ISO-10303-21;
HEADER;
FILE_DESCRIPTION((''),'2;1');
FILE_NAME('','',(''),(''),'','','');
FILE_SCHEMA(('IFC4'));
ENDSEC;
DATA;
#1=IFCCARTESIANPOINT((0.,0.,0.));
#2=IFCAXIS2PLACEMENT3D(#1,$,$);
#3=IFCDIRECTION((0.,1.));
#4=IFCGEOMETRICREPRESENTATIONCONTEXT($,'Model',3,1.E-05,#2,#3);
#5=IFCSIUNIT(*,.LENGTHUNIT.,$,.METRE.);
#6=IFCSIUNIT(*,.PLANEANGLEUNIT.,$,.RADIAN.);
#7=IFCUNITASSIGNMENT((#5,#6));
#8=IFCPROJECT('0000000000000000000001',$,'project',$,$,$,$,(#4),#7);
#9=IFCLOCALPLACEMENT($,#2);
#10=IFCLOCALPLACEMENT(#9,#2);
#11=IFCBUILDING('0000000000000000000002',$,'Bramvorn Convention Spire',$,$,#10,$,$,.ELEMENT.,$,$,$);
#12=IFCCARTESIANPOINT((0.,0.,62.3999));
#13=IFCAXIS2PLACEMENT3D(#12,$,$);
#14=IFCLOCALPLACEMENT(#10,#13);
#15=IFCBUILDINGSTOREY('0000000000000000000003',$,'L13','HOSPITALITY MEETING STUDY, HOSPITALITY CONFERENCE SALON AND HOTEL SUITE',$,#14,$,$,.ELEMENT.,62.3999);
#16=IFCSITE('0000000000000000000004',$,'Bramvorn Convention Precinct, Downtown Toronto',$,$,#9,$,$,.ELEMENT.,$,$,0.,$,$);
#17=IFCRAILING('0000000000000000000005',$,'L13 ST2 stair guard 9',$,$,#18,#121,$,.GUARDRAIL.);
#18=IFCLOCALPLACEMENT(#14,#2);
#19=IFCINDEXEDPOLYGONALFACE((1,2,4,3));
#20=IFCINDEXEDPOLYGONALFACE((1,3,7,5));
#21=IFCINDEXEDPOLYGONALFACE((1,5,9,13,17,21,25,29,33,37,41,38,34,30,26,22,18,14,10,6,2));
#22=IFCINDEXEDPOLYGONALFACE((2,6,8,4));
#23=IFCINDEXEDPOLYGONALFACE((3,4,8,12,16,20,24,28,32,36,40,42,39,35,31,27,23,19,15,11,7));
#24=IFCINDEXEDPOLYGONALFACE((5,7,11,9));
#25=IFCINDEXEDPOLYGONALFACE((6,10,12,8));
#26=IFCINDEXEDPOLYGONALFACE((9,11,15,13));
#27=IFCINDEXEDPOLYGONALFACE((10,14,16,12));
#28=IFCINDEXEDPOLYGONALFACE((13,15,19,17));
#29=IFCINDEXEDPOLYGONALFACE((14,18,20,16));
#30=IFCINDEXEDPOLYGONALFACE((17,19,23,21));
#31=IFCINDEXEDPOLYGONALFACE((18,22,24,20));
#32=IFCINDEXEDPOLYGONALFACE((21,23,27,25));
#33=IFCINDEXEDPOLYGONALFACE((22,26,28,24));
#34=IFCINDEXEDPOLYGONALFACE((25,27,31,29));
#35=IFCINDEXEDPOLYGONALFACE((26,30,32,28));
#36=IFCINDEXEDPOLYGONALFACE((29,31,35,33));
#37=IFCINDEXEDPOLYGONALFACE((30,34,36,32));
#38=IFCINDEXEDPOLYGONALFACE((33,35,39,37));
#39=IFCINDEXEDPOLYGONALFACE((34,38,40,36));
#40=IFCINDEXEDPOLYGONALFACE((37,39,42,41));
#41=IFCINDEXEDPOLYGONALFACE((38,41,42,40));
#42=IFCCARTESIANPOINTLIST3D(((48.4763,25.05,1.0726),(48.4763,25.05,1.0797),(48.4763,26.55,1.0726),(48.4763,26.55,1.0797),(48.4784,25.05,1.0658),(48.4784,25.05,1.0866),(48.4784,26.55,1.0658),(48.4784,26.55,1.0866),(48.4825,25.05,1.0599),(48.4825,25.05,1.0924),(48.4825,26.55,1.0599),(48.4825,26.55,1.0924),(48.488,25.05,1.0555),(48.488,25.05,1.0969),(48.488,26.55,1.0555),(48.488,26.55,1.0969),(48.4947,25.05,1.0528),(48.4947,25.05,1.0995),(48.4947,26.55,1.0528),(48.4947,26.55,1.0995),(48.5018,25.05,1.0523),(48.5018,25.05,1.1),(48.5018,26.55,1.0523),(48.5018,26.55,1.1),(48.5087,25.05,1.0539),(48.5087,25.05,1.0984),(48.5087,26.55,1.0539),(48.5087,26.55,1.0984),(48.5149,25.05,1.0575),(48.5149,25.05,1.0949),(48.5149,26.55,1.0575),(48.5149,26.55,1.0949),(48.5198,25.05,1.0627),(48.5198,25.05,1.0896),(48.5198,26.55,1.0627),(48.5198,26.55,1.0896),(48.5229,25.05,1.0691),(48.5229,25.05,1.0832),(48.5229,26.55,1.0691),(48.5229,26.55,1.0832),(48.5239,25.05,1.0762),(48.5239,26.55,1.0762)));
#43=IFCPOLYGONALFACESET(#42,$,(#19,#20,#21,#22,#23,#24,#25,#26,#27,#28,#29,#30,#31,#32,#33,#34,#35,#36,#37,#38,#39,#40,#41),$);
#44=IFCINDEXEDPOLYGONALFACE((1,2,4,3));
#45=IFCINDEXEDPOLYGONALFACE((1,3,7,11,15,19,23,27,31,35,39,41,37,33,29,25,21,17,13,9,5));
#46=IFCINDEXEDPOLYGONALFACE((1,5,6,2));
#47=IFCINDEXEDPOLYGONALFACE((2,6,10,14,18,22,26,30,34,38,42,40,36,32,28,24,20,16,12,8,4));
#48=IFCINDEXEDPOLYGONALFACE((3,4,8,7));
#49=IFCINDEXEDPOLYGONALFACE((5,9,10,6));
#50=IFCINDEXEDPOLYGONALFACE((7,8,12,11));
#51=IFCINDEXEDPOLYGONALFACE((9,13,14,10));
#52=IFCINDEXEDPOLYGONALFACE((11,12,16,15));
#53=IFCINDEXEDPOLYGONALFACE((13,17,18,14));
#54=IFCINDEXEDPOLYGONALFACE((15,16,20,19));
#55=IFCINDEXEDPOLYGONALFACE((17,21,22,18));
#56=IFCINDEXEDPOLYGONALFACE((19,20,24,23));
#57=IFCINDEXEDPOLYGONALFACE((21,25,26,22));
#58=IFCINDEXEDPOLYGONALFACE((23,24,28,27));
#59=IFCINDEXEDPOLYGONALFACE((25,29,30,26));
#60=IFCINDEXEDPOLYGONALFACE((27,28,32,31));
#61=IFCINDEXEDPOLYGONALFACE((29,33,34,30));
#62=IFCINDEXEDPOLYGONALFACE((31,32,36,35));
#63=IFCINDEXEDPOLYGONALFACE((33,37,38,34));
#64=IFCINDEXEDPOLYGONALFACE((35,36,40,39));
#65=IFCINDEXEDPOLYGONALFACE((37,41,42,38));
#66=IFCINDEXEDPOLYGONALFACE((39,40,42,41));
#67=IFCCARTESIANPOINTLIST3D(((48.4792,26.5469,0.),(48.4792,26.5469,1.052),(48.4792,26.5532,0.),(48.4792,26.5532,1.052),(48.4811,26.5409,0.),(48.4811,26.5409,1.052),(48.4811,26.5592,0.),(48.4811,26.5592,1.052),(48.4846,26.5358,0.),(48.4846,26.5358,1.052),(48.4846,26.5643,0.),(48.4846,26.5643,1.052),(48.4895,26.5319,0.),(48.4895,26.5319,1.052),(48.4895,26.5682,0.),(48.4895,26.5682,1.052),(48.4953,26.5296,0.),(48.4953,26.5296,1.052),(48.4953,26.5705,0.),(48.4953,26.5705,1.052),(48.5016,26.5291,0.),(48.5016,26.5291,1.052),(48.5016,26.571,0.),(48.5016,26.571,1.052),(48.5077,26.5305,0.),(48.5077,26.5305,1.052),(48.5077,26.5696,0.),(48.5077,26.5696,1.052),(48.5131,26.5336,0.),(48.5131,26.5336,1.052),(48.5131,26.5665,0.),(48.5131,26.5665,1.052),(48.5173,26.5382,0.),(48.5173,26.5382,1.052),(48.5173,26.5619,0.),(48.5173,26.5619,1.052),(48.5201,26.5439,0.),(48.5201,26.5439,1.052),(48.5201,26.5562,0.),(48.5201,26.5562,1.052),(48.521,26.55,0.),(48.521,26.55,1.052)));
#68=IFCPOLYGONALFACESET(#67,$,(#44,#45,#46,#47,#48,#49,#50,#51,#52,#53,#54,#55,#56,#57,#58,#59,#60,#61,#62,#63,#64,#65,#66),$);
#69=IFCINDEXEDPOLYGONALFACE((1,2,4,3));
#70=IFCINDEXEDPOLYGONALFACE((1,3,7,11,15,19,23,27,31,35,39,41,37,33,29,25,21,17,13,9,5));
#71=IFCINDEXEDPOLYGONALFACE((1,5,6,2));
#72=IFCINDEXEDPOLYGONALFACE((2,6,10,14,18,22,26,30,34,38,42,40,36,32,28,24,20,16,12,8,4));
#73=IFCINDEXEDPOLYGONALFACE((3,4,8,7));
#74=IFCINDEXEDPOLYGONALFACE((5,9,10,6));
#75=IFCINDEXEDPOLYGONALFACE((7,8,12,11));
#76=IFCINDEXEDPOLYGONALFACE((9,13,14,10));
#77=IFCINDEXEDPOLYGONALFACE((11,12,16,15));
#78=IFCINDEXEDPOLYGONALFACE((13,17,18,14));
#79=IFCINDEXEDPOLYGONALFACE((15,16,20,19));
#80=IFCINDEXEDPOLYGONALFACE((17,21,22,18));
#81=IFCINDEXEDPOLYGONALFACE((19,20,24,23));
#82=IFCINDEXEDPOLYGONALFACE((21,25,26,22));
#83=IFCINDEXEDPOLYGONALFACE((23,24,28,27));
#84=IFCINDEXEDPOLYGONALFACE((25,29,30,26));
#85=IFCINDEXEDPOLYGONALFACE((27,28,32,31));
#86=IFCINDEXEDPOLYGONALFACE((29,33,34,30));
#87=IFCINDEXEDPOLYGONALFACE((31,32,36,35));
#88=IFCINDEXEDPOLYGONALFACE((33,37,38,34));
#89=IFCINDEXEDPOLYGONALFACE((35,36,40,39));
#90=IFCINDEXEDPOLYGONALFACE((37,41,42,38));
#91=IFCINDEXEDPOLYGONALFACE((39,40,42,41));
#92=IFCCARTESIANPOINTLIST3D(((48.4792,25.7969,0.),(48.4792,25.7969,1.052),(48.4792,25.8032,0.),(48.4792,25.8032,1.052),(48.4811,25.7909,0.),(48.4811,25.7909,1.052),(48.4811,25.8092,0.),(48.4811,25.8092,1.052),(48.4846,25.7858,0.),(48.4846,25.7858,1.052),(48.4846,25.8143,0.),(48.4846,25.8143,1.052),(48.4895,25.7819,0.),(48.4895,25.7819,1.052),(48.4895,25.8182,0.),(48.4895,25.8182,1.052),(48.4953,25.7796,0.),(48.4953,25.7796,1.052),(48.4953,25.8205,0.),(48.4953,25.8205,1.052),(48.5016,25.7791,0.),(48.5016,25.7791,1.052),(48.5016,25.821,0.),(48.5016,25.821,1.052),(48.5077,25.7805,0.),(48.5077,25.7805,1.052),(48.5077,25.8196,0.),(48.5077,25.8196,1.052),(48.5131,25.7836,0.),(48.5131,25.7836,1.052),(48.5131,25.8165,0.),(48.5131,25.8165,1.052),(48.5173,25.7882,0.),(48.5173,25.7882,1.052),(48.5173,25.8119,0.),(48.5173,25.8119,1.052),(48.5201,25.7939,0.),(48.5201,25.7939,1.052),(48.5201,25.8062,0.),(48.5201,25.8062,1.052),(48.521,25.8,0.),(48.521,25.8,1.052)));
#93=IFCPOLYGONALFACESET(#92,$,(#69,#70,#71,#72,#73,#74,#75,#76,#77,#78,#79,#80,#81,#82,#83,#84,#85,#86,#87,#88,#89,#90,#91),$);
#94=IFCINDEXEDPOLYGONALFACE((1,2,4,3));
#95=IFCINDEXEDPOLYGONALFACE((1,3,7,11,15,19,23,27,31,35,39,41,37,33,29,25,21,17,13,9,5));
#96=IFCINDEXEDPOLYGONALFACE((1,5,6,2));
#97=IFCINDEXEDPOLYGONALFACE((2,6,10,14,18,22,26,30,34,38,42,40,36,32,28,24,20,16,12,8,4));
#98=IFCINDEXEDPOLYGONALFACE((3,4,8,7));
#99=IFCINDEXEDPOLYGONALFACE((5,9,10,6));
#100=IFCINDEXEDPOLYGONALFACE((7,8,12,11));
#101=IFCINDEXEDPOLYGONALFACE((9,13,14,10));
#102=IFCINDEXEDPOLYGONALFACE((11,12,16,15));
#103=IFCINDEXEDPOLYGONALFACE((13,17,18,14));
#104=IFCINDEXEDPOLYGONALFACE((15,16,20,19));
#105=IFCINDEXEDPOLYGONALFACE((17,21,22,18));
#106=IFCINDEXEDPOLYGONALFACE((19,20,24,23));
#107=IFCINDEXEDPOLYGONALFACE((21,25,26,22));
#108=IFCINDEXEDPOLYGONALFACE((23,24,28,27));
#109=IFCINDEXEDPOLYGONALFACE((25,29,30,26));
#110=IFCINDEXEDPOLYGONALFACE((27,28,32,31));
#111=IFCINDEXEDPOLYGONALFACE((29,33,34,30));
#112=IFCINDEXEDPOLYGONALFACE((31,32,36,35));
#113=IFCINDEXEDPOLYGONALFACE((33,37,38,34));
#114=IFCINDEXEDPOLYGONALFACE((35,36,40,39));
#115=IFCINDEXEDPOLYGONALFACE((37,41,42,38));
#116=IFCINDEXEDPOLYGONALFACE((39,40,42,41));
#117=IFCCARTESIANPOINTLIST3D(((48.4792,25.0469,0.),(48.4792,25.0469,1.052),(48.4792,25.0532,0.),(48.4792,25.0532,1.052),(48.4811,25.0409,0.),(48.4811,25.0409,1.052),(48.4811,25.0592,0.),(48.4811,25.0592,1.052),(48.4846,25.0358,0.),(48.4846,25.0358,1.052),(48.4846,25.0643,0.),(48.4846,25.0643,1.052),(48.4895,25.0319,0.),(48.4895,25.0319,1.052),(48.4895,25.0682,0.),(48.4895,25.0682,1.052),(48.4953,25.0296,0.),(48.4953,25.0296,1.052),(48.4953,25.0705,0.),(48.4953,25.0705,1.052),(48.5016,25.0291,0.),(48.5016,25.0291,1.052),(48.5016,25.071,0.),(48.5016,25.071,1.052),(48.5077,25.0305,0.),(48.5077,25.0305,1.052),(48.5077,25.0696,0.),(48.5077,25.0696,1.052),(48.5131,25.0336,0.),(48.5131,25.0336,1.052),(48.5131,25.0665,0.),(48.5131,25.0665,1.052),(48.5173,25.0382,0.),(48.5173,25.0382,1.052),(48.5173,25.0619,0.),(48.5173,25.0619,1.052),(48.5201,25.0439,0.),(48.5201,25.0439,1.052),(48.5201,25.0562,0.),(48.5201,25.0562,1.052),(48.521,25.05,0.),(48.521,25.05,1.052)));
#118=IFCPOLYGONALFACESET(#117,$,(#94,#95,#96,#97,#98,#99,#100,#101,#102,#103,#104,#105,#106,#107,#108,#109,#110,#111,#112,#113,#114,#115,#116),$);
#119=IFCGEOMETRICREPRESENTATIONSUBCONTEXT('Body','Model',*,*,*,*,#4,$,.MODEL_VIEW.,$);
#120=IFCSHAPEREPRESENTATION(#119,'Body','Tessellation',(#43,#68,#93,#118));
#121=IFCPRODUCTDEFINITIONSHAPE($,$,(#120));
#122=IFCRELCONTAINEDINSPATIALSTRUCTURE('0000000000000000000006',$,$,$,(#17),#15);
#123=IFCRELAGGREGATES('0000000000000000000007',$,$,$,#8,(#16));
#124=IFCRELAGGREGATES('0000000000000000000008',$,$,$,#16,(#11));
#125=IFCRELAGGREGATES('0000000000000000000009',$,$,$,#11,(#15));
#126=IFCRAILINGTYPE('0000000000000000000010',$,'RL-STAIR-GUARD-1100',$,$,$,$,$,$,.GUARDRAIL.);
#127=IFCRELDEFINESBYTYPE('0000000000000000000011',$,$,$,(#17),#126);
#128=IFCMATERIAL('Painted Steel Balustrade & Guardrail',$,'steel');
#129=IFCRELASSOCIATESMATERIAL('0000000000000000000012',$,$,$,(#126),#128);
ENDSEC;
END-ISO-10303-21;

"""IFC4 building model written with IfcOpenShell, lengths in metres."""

from ifc_helpers import new_model, si_unit, direction, frame, origin, origin_2d, place, context, subcontext, project, spatial, circle, extrude, material, type_object, element, save


model = new_model("IFC4")

# Units and contexts
model_context = context("Model", 3, precision=1e-05, world=origin(), true_north=direction((0.0, 1.0)))
body_context = subcontext(model_context, "Body", "Model", "MODEL_VIEW")
ifc_project = project(units=[si_unit("LENGTHUNIT", "METRE"), si_unit("PLANEANGLEUNIT", "RADIAN")], contexts=[model_context])

# Site, building, storey
site_placement = place(None, origin())
site = spatial("IfcSite", under=ifc_project, at=site_placement, Name="Bramvorn Convention Precinct, Downtown Toronto", CompositionType="ELEMENT", RefElevation=0.0)
building_placement = place(site_placement, origin())
building = spatial("IfcBuilding", under=site, at=building_placement, Name="Bramvorn Convention Spire", CompositionType="ELEMENT")
storey_placement = place(building_placement, frame((0.0, 0.0, 62.3999)))
storey = spatial("IfcBuildingStorey", under=building, at=storey_placement, Name="L13", Description="HOSPITALITY MEETING STUDY, HOSPITALITY CONFERENCE SALON AND HOTEL SUITE", CompositionType="ELEMENT", Elevation=62.3999)

# Railing
ifc_material_1 = material(Name="Painted Steel Balustrade & Guardrail", Category="steel")
railing_type = type_object("IfcRailingType", Name="RL-STAIR-GUARD-1100", PredefinedType="GUARDRAIL", material=ifc_material_1)
railing_1_placement = place(storey_placement, frame((48.5, 26.55, 0.0)))
element("IfcRailing", 1, at=railing_1_placement, inside=storey, type_object=railing_type, Name="L13 ST2 stair guard 9", PredefinedType="GUARDRAIL", context=body_context, shape_type="SweptSolid", body=[
    extrude(circle(Radius=0.0239, at=origin_2d()), frame((0.0, 0.0, 1.0762), z_axis=(0.0, -1.0, 0.0), x_axis=(1.0, 0.0, 0.0)), (0.0, 0.0, 1.0), 1.5),
    extrude(circle(Radius=0.021, at=origin_2d()), origin(), (0.0, 0.0, 1.0), 1.052),
    extrude(circle(Radius=0.021, at=origin_2d()), frame((0.0, -0.75, 0.0)), (0.0, 0.0, 1.0), 1.052),
    extrude(circle(Radius=0.021, at=origin_2d()), frame((0.0, -1.5, 0.0)), (0.0, 0.0, 1.0), 1.052),
])

save(model, "model.ifc")
